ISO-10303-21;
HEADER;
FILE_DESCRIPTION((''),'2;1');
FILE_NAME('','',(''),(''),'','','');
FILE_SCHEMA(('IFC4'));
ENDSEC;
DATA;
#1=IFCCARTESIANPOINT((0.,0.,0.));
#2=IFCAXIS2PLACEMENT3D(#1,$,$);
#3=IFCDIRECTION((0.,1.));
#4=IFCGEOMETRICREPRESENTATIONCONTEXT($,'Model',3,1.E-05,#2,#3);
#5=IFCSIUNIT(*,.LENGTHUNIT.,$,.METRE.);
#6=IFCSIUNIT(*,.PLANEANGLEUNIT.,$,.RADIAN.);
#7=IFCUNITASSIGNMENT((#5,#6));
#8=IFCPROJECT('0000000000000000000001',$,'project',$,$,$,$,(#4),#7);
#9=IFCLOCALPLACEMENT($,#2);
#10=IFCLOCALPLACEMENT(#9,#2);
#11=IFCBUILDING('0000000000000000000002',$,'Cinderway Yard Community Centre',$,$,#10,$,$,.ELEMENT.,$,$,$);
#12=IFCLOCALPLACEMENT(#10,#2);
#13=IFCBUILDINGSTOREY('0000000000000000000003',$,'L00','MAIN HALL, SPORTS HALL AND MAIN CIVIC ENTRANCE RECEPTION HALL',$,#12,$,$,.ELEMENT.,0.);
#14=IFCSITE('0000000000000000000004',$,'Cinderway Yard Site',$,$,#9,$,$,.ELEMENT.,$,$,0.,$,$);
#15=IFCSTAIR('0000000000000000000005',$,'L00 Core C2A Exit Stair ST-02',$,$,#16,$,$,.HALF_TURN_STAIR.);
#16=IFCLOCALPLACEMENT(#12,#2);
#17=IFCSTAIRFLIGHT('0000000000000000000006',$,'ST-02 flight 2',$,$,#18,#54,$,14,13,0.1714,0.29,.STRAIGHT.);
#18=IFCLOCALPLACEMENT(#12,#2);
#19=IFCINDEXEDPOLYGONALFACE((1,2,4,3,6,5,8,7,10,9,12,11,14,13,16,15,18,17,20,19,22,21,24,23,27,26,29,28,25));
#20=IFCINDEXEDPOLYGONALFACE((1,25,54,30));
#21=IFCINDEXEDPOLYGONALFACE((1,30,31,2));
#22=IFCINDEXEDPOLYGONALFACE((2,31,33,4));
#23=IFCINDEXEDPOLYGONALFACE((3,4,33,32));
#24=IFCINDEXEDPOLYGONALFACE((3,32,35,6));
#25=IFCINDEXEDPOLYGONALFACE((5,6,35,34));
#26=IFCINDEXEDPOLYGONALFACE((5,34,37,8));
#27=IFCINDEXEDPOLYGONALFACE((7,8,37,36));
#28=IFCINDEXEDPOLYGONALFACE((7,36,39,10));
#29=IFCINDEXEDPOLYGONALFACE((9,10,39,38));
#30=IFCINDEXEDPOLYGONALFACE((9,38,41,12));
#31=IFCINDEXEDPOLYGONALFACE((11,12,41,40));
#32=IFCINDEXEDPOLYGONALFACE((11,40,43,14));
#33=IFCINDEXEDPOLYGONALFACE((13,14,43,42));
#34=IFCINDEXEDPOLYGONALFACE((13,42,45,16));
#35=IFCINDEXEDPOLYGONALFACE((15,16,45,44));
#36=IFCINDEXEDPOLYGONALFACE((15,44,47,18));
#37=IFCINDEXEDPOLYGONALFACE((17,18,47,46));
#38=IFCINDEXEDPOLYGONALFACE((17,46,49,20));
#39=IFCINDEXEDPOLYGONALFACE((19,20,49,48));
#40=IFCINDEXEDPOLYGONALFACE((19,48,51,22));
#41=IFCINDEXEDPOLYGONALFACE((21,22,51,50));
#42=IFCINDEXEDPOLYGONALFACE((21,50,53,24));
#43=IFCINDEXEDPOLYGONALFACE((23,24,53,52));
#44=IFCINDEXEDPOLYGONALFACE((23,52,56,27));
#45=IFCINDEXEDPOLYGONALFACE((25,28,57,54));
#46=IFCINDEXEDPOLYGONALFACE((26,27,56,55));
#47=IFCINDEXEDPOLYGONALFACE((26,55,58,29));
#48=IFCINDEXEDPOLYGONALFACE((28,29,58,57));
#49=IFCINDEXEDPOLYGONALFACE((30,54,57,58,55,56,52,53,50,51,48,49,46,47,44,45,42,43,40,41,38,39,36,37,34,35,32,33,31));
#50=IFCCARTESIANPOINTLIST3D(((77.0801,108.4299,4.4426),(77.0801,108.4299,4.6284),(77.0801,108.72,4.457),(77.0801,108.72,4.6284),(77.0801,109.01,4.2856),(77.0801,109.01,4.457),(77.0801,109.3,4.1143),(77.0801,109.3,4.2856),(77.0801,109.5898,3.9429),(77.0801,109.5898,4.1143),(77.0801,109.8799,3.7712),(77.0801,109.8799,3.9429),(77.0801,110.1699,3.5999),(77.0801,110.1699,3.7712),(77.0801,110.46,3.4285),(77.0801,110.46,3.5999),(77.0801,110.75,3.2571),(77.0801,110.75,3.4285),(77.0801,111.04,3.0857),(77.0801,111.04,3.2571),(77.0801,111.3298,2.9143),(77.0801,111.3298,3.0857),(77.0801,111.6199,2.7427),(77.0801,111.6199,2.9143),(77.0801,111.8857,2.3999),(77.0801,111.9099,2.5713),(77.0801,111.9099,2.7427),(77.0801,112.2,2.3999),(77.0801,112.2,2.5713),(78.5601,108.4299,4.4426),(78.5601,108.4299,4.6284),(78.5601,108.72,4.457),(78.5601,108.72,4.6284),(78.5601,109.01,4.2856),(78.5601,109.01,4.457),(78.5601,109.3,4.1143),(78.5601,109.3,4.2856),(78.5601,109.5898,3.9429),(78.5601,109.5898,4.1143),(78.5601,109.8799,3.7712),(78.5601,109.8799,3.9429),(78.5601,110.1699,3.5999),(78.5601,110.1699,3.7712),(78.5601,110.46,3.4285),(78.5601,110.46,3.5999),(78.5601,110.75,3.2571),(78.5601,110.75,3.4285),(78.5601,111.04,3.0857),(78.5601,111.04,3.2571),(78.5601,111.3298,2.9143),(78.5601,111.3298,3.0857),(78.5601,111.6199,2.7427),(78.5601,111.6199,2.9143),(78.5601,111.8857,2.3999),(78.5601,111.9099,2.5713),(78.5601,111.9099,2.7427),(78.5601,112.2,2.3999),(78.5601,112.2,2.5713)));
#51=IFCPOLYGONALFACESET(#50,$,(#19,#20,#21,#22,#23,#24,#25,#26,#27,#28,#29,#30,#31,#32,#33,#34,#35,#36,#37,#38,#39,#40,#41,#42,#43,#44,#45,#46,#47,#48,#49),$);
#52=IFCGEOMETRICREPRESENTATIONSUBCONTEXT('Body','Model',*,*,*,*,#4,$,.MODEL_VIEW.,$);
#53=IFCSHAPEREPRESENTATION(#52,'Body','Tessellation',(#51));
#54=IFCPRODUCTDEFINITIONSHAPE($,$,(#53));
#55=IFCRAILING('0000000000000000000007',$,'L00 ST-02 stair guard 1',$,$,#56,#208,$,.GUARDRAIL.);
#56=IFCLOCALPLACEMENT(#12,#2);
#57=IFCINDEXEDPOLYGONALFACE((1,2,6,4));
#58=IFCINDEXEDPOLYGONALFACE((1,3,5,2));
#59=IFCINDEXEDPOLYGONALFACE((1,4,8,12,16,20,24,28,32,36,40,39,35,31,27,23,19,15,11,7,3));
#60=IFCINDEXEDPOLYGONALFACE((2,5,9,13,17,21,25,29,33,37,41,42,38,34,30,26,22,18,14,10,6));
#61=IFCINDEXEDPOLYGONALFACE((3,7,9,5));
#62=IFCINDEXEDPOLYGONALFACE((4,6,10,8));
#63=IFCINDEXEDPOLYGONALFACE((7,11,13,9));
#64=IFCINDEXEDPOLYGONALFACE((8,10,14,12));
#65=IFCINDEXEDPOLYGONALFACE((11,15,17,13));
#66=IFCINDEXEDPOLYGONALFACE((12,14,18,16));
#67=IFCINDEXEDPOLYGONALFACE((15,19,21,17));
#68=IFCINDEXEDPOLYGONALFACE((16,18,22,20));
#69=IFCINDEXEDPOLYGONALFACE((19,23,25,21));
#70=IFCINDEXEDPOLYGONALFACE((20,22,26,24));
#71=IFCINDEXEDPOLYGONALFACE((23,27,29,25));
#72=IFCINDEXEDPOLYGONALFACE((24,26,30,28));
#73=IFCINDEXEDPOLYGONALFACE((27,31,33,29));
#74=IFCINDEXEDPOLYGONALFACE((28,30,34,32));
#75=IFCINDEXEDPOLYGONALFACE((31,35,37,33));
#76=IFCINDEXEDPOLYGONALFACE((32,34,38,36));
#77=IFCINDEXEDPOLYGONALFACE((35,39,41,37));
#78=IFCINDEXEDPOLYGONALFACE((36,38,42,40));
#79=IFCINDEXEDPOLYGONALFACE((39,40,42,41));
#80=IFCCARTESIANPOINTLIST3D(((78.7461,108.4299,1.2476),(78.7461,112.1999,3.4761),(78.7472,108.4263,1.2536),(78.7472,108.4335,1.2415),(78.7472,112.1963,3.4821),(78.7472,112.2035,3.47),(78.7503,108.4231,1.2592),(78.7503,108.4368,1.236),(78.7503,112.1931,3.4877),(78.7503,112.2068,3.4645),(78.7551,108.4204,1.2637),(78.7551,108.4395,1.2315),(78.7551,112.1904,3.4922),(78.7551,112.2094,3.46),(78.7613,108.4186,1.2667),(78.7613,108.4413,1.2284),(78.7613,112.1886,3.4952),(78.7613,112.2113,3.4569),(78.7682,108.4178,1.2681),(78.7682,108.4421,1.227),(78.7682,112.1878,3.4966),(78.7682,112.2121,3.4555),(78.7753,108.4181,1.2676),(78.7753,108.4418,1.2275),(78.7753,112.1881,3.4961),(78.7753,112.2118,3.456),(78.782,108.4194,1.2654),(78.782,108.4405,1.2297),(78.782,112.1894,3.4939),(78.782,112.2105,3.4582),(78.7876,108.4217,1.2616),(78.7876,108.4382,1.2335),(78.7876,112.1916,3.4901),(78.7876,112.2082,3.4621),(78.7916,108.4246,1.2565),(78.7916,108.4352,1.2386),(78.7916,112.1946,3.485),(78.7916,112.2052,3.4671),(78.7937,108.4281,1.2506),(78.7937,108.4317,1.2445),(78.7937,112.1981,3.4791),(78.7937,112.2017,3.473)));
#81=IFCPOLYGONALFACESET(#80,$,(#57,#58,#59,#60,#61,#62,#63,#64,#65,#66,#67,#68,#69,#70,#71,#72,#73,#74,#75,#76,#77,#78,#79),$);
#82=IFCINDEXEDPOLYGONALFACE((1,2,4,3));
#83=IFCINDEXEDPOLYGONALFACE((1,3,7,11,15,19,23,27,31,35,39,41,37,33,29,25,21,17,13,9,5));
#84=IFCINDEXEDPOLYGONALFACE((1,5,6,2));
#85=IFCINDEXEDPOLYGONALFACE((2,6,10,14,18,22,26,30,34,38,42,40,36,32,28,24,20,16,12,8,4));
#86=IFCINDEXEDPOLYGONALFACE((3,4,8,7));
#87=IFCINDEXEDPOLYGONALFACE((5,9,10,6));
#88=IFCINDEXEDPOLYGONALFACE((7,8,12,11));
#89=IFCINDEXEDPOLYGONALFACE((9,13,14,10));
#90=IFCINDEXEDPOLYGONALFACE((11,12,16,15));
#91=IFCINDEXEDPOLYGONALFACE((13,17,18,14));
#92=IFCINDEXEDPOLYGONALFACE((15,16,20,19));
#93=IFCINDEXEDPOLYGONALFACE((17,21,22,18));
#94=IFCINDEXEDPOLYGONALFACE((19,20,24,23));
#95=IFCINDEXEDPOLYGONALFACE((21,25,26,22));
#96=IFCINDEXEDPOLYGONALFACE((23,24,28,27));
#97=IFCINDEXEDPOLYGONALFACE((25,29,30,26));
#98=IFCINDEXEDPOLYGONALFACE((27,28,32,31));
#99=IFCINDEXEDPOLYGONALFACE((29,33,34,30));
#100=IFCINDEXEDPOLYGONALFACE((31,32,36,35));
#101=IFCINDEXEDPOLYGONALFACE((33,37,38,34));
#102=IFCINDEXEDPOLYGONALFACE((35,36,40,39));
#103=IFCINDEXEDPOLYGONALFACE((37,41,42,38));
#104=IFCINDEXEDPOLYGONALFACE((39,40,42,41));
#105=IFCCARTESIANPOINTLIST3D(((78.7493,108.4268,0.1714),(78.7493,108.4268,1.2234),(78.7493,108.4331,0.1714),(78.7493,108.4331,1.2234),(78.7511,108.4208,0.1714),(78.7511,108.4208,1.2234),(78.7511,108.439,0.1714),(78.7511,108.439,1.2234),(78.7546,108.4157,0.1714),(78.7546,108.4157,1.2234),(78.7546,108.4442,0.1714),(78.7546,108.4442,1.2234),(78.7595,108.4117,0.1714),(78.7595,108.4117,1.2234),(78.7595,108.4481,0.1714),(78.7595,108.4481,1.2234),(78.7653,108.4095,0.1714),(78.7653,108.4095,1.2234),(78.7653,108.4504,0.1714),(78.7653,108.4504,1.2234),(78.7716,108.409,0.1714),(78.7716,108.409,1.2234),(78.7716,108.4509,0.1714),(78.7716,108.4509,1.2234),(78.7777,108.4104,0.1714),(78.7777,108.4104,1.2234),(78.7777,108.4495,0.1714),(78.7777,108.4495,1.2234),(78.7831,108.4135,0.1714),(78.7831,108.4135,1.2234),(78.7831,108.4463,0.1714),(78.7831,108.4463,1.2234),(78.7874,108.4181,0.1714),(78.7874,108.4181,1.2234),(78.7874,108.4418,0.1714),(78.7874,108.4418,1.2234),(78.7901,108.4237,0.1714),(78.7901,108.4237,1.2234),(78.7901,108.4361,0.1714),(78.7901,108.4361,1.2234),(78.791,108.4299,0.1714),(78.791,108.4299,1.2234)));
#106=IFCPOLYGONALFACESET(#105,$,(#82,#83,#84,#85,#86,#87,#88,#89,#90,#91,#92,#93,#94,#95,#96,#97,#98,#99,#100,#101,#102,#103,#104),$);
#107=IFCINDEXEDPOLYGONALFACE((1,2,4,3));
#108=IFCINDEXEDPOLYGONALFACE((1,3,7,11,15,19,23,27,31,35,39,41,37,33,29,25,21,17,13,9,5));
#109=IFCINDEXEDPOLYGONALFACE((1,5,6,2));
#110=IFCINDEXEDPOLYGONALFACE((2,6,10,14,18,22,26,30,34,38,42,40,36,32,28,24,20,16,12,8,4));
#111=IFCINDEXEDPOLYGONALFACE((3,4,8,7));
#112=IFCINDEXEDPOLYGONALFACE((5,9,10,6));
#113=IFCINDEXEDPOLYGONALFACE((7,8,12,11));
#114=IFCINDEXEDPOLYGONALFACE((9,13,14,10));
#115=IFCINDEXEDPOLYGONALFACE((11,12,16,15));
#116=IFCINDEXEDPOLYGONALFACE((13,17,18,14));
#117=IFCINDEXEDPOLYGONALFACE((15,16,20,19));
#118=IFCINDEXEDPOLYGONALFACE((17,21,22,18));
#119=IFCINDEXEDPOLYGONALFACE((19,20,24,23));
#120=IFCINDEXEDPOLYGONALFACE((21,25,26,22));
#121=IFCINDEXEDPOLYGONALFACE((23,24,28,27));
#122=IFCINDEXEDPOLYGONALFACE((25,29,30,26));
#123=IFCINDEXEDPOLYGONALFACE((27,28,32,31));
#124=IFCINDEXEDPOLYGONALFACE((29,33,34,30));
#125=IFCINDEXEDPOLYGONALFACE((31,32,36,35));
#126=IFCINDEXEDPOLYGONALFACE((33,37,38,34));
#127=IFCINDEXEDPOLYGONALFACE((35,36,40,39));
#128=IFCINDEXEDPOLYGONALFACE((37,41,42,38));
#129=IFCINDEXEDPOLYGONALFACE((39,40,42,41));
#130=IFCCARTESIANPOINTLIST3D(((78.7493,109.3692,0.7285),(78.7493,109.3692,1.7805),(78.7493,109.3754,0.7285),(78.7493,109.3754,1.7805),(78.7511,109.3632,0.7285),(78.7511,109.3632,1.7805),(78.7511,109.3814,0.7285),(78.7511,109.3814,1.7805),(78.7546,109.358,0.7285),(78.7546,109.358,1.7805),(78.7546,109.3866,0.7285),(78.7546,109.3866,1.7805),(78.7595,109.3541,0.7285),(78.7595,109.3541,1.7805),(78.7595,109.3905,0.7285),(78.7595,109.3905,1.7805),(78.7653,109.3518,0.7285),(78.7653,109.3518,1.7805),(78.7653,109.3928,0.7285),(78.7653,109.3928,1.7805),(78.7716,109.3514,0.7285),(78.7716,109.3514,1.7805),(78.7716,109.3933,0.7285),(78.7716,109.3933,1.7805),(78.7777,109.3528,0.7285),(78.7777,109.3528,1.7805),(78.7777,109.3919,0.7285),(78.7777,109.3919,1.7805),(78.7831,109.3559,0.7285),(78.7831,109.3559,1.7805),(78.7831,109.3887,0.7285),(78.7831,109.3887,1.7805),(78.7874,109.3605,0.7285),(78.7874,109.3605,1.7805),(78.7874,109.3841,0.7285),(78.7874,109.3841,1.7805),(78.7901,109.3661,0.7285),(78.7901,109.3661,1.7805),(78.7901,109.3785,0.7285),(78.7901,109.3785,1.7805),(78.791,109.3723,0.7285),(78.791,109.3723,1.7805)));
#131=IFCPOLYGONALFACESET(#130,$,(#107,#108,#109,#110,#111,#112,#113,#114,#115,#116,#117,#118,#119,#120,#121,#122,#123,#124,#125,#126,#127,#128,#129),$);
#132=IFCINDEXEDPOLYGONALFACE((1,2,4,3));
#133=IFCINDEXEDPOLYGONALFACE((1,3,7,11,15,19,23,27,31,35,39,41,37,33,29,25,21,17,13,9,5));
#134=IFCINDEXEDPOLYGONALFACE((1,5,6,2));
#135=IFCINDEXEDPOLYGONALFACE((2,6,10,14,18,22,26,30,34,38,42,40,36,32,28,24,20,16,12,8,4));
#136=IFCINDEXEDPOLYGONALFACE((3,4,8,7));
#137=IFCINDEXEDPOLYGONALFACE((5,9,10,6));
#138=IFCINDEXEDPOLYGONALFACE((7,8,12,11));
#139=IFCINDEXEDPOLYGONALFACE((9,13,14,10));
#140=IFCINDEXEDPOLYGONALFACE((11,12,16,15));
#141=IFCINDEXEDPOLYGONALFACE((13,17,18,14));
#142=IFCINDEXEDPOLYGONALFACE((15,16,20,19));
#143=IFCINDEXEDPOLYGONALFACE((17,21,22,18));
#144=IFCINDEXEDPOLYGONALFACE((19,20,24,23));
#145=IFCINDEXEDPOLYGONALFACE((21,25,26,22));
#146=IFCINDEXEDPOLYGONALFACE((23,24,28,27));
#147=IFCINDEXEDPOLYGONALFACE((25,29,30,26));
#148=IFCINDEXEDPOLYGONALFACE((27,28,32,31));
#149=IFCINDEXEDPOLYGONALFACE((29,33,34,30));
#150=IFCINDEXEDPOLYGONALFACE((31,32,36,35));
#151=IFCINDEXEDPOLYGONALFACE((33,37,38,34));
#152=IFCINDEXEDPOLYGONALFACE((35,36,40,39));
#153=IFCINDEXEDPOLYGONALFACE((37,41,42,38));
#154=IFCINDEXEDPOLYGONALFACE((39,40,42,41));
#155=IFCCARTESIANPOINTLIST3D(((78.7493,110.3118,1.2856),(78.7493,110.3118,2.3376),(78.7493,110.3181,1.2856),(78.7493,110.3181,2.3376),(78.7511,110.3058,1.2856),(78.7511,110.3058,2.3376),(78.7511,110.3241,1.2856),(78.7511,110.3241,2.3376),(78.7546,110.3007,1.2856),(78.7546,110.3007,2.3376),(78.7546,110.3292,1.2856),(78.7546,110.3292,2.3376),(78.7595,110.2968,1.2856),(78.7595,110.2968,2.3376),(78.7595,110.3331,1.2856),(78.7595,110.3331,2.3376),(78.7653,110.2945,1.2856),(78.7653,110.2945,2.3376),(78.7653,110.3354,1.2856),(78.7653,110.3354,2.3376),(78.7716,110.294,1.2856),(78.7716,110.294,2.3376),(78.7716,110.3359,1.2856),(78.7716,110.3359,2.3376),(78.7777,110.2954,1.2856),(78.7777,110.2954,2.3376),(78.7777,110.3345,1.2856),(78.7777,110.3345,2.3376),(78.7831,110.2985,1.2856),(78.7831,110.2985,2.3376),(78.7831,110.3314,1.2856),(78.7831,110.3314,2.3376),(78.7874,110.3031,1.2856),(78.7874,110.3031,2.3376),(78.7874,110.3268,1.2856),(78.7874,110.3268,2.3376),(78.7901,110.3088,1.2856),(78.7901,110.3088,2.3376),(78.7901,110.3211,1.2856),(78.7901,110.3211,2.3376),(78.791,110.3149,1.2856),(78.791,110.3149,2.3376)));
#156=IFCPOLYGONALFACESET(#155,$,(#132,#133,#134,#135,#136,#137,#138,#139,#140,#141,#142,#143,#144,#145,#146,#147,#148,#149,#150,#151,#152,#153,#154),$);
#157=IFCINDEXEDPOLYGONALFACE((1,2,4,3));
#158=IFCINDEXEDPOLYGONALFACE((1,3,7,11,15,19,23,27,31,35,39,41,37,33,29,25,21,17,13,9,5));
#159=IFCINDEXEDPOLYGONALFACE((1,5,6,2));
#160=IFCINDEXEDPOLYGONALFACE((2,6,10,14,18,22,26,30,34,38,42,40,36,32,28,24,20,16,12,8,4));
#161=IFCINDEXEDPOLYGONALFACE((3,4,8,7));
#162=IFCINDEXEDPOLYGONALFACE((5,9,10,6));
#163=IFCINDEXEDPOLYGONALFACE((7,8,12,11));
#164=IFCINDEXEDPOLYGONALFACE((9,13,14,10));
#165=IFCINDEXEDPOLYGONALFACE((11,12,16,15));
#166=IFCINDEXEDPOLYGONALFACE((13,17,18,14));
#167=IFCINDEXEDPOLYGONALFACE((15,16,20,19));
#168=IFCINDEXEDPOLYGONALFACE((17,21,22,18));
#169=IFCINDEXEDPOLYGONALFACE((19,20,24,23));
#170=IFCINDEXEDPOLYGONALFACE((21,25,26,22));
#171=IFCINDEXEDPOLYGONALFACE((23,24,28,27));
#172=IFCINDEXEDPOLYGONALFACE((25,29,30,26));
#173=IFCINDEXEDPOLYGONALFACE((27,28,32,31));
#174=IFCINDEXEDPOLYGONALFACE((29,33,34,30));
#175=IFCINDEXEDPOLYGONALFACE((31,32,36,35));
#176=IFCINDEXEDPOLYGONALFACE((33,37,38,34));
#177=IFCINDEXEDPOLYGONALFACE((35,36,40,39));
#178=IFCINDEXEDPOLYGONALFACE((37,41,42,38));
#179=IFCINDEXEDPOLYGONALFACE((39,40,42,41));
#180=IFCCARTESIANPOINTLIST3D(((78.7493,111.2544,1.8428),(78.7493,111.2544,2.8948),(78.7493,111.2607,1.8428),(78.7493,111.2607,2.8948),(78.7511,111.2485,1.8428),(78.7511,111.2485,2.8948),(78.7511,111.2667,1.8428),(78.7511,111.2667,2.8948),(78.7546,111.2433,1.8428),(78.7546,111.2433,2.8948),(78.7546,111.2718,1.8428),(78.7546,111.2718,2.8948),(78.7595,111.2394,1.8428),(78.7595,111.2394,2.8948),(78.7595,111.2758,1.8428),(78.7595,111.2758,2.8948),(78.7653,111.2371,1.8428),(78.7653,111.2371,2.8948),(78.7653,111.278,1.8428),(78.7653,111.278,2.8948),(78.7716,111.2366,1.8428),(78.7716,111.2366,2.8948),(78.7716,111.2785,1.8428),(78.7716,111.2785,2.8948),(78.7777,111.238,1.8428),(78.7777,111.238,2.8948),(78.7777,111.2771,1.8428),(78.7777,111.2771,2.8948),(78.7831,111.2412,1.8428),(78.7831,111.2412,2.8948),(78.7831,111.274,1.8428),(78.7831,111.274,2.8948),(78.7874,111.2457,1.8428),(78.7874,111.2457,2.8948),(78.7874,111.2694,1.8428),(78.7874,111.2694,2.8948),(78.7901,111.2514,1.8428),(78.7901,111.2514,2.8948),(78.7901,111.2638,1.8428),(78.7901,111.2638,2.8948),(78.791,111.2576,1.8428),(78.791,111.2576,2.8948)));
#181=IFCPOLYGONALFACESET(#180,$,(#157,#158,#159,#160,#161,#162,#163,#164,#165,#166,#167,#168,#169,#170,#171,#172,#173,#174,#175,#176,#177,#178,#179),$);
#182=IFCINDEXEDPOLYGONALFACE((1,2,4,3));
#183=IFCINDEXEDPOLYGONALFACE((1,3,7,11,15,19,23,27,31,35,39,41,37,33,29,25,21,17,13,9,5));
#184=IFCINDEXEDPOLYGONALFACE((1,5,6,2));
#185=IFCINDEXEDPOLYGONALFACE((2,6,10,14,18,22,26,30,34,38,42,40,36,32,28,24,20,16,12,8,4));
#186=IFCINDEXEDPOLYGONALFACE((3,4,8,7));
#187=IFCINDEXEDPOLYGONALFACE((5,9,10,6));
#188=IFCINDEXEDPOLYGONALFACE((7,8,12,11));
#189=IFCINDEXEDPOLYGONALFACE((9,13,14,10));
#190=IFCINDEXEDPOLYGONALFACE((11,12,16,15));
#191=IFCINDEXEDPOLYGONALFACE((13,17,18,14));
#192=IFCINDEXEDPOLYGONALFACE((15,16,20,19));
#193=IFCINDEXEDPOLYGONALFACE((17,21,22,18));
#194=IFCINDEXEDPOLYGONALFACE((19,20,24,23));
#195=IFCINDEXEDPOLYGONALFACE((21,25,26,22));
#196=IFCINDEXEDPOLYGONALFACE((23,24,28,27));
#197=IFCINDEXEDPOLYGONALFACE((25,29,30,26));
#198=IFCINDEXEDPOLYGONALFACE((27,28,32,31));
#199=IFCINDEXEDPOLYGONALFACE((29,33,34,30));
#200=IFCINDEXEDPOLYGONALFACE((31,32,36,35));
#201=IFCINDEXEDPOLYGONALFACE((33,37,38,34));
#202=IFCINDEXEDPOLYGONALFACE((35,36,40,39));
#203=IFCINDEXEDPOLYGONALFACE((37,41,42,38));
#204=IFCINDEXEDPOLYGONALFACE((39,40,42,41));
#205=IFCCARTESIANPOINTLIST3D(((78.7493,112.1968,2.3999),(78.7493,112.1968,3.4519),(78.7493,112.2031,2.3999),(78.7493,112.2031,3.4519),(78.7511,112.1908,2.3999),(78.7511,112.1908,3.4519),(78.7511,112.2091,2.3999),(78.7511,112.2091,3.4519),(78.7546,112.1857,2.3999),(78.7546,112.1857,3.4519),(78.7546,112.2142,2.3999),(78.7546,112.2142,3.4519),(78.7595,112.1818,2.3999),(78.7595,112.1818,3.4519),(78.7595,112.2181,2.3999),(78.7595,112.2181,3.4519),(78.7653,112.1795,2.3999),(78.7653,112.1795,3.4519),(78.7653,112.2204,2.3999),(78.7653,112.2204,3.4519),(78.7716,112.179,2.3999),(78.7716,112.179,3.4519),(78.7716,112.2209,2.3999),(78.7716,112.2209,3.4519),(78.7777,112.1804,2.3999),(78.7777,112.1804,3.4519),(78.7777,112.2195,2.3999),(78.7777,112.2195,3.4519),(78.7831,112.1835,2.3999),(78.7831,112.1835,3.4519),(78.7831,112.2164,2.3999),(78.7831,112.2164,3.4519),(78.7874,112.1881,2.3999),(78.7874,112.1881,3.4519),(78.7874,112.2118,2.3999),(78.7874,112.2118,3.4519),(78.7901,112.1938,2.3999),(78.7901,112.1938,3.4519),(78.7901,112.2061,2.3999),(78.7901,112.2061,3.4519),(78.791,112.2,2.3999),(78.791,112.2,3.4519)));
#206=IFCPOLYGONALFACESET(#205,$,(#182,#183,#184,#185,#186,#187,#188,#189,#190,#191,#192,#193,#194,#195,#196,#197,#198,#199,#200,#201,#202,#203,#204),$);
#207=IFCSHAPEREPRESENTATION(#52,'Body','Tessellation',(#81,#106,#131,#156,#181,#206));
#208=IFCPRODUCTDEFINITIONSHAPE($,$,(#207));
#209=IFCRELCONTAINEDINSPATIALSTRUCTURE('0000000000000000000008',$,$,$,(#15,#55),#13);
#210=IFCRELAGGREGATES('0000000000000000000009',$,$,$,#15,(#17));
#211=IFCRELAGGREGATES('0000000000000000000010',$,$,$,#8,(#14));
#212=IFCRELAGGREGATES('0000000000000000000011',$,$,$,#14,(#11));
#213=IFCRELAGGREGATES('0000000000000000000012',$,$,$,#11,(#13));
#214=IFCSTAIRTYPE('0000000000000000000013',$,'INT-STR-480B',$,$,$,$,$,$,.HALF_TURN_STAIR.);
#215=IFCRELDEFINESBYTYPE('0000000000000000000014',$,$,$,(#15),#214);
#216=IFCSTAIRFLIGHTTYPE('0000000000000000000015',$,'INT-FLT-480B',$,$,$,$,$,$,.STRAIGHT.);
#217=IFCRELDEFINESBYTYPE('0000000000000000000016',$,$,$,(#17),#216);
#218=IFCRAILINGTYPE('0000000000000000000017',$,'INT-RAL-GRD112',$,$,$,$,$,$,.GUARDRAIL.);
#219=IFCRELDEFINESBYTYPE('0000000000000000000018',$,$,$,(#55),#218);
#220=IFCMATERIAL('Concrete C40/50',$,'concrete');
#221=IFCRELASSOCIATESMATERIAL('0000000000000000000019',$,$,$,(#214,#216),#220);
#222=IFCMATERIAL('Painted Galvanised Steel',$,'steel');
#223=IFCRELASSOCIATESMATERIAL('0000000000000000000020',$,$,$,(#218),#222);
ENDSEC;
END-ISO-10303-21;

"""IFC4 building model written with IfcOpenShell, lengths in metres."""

from ifc_helpers import new_model, si_unit, direction, frame, origin, origin_2d, place, context, subcontext, project, spatial, polyline, circle, outline, extrude, material, type_object, element, aggregate, save


model = new_model("IFC4")

# Units and contexts
model_context = context("Model", 3, precision=1e-05, world=origin(), true_north=direction((0.0, 1.0)))
body_context = subcontext(model_context, "Body", "Model", "MODEL_VIEW")
ifc_project = project(units=[si_unit("LENGTHUNIT", "METRE"), si_unit("PLANEANGLEUNIT", "RADIAN")], contexts=[model_context])

# Site, building, storey
site_placement = place(None, origin())
site = spatial("IfcSite", under=ifc_project, at=site_placement, Name="Cinderway Yard Site", CompositionType="ELEMENT", RefElevation=0.0)
building_placement = place(site_placement, origin())
building = spatial("IfcBuilding", under=site, at=building_placement, Name="Cinderway Yard Community Centre", CompositionType="ELEMENT")
storey_placement = place(building_placement, origin())
storey = spatial("IfcBuildingStorey", under=building, at=storey_placement, Name="L00", Description="MAIN HALL, SPORTS HALL AND MAIN CIVIC ENTRANCE RECEPTION HALL", CompositionType="ELEMENT", Elevation=0.0)

# Shared definitions
ifc_material_1 = material(Name="Concrete C40/50", Category="concrete")

# Stair, stair flight
stair_type = type_object("IfcStairType", Name="INT-STR-480B", PredefinedType="HALF_TURN_STAIR", material=ifc_material_1)
stair_placement = place(storey_placement, origin())
stair = element("IfcStair", 1, at=stair_placement, inside=storey, type_object=stair_type, Name="L00 Core C2A Exit Stair ST-02", PredefinedType="HALF_TURN_STAIR")
stair_flight_type = type_object("IfcStairFlightType", Name="INT-FLT-480B", PredefinedType="STRAIGHT", material=ifc_material_1)
stair_flight_1_placement = place(storey_placement, frame((77.8201, 112.2, 2.3999), z_axis=(0.0, 0.0, 1.0), x_axis=(0.0, -1.0, 0.0)))
stair_flight_1 = element("IfcStairFlight", 2, at=stair_flight_1_placement, type_object=stair_flight_type, Name="ST-02 flight 2", NumberOfRisers=14, NumberOfTreads=13, PredefinedType="STRAIGHT", RiserHeight=0.1714, TreadLength=0.29, context=body_context, shape_type="SweptSolid", body=[
    extrude(outline(polyline([(0.0, 0.0), (0.0, 0.1714), (0.29, 0.1714), (0.29, 0.3428), (0.5801, 0.3428), (0.5801, 0.5144), (0.8701, 0.5144), (0.8701, 0.6858), (1.1599, 0.6858), (1.1599, 0.8572), (1.45, 0.8572), (1.45, 1.0286), (1.74, 1.0286), (1.74, 1.2), (2.03, 1.2), (2.03, 1.3713), (2.3201, 1.3713), (2.3201, 1.543), (2.6101, 1.543), (2.6101, 1.7144), (2.8999, 1.7144), (2.8999, 1.8857), (3.1899, 1.8857), (3.1899, 2.0571), (3.48, 2.0571), (3.48, 2.2285), (3.77, 2.2285), (3.77, 2.3999), (3.77, 2.0427), (0.3142, 0.0), (0.0, 0.0)])), frame((0.0, 0.74, 0.0), z_axis=(0.0, -1.0, 0.0), x_axis=(1.0, 0.0, 0.0)), (0.0, 0.0, 1.0), 1.48),
])
aggregate(stair, [stair_flight_1])

# Railing
ifc_material_2 = material(Name="Painted Galvanised Steel", Category="steel")
railing_type_1 = type_object("IfcRailingType", Name="INT-RAL-GRD112", PredefinedType="GUARDRAIL", material=ifc_material_2)
railing_1_placement = place(storey_placement, frame((78.77, 108.4299, 0.1714)))
element("IfcRailing", 3, at=railing_1_placement, inside=storey, type_object=railing_type_1, Name="L00 ST-02 stair guard 1", PredefinedType="GUARDRAIL", context=body_context, shape_type="SweptSolid", body=[
    extrude(circle(Radius=0.0239, at=origin_2d()), frame((0.0, 0.0, 1.0762), z_axis=(0.0, 0.860849, 0.508861), x_axis=(-1.0, 0.0, 0.0)), (0.0, 0.0, 1.0), 4.3794),
    extrude(circle(Radius=0.021, at=origin_2d()), origin(), (0.0, 0.0, 1.0), 1.052),
    extrude(circle(Radius=0.021, at=origin_2d()), frame((0.0, 0.9424, 0.5571)), (0.0, 0.0, 1.0), 1.052),
    extrude(circle(Radius=0.021, at=origin_2d()), frame((0.0, 1.885, 1.1143)), (0.0, 0.0, 1.0), 1.052),
    extrude(circle(Radius=0.021, at=origin_2d()), frame((0.0, 2.8276, 1.6714)), (0.0, 0.0, 1.0), 1.052),
    extrude(circle(Radius=0.021, at=origin_2d()), frame((0.0, 3.77, 2.2285)), (0.0, 0.0, 1.0), 1.052),
])

save(model, "model.ifc")
